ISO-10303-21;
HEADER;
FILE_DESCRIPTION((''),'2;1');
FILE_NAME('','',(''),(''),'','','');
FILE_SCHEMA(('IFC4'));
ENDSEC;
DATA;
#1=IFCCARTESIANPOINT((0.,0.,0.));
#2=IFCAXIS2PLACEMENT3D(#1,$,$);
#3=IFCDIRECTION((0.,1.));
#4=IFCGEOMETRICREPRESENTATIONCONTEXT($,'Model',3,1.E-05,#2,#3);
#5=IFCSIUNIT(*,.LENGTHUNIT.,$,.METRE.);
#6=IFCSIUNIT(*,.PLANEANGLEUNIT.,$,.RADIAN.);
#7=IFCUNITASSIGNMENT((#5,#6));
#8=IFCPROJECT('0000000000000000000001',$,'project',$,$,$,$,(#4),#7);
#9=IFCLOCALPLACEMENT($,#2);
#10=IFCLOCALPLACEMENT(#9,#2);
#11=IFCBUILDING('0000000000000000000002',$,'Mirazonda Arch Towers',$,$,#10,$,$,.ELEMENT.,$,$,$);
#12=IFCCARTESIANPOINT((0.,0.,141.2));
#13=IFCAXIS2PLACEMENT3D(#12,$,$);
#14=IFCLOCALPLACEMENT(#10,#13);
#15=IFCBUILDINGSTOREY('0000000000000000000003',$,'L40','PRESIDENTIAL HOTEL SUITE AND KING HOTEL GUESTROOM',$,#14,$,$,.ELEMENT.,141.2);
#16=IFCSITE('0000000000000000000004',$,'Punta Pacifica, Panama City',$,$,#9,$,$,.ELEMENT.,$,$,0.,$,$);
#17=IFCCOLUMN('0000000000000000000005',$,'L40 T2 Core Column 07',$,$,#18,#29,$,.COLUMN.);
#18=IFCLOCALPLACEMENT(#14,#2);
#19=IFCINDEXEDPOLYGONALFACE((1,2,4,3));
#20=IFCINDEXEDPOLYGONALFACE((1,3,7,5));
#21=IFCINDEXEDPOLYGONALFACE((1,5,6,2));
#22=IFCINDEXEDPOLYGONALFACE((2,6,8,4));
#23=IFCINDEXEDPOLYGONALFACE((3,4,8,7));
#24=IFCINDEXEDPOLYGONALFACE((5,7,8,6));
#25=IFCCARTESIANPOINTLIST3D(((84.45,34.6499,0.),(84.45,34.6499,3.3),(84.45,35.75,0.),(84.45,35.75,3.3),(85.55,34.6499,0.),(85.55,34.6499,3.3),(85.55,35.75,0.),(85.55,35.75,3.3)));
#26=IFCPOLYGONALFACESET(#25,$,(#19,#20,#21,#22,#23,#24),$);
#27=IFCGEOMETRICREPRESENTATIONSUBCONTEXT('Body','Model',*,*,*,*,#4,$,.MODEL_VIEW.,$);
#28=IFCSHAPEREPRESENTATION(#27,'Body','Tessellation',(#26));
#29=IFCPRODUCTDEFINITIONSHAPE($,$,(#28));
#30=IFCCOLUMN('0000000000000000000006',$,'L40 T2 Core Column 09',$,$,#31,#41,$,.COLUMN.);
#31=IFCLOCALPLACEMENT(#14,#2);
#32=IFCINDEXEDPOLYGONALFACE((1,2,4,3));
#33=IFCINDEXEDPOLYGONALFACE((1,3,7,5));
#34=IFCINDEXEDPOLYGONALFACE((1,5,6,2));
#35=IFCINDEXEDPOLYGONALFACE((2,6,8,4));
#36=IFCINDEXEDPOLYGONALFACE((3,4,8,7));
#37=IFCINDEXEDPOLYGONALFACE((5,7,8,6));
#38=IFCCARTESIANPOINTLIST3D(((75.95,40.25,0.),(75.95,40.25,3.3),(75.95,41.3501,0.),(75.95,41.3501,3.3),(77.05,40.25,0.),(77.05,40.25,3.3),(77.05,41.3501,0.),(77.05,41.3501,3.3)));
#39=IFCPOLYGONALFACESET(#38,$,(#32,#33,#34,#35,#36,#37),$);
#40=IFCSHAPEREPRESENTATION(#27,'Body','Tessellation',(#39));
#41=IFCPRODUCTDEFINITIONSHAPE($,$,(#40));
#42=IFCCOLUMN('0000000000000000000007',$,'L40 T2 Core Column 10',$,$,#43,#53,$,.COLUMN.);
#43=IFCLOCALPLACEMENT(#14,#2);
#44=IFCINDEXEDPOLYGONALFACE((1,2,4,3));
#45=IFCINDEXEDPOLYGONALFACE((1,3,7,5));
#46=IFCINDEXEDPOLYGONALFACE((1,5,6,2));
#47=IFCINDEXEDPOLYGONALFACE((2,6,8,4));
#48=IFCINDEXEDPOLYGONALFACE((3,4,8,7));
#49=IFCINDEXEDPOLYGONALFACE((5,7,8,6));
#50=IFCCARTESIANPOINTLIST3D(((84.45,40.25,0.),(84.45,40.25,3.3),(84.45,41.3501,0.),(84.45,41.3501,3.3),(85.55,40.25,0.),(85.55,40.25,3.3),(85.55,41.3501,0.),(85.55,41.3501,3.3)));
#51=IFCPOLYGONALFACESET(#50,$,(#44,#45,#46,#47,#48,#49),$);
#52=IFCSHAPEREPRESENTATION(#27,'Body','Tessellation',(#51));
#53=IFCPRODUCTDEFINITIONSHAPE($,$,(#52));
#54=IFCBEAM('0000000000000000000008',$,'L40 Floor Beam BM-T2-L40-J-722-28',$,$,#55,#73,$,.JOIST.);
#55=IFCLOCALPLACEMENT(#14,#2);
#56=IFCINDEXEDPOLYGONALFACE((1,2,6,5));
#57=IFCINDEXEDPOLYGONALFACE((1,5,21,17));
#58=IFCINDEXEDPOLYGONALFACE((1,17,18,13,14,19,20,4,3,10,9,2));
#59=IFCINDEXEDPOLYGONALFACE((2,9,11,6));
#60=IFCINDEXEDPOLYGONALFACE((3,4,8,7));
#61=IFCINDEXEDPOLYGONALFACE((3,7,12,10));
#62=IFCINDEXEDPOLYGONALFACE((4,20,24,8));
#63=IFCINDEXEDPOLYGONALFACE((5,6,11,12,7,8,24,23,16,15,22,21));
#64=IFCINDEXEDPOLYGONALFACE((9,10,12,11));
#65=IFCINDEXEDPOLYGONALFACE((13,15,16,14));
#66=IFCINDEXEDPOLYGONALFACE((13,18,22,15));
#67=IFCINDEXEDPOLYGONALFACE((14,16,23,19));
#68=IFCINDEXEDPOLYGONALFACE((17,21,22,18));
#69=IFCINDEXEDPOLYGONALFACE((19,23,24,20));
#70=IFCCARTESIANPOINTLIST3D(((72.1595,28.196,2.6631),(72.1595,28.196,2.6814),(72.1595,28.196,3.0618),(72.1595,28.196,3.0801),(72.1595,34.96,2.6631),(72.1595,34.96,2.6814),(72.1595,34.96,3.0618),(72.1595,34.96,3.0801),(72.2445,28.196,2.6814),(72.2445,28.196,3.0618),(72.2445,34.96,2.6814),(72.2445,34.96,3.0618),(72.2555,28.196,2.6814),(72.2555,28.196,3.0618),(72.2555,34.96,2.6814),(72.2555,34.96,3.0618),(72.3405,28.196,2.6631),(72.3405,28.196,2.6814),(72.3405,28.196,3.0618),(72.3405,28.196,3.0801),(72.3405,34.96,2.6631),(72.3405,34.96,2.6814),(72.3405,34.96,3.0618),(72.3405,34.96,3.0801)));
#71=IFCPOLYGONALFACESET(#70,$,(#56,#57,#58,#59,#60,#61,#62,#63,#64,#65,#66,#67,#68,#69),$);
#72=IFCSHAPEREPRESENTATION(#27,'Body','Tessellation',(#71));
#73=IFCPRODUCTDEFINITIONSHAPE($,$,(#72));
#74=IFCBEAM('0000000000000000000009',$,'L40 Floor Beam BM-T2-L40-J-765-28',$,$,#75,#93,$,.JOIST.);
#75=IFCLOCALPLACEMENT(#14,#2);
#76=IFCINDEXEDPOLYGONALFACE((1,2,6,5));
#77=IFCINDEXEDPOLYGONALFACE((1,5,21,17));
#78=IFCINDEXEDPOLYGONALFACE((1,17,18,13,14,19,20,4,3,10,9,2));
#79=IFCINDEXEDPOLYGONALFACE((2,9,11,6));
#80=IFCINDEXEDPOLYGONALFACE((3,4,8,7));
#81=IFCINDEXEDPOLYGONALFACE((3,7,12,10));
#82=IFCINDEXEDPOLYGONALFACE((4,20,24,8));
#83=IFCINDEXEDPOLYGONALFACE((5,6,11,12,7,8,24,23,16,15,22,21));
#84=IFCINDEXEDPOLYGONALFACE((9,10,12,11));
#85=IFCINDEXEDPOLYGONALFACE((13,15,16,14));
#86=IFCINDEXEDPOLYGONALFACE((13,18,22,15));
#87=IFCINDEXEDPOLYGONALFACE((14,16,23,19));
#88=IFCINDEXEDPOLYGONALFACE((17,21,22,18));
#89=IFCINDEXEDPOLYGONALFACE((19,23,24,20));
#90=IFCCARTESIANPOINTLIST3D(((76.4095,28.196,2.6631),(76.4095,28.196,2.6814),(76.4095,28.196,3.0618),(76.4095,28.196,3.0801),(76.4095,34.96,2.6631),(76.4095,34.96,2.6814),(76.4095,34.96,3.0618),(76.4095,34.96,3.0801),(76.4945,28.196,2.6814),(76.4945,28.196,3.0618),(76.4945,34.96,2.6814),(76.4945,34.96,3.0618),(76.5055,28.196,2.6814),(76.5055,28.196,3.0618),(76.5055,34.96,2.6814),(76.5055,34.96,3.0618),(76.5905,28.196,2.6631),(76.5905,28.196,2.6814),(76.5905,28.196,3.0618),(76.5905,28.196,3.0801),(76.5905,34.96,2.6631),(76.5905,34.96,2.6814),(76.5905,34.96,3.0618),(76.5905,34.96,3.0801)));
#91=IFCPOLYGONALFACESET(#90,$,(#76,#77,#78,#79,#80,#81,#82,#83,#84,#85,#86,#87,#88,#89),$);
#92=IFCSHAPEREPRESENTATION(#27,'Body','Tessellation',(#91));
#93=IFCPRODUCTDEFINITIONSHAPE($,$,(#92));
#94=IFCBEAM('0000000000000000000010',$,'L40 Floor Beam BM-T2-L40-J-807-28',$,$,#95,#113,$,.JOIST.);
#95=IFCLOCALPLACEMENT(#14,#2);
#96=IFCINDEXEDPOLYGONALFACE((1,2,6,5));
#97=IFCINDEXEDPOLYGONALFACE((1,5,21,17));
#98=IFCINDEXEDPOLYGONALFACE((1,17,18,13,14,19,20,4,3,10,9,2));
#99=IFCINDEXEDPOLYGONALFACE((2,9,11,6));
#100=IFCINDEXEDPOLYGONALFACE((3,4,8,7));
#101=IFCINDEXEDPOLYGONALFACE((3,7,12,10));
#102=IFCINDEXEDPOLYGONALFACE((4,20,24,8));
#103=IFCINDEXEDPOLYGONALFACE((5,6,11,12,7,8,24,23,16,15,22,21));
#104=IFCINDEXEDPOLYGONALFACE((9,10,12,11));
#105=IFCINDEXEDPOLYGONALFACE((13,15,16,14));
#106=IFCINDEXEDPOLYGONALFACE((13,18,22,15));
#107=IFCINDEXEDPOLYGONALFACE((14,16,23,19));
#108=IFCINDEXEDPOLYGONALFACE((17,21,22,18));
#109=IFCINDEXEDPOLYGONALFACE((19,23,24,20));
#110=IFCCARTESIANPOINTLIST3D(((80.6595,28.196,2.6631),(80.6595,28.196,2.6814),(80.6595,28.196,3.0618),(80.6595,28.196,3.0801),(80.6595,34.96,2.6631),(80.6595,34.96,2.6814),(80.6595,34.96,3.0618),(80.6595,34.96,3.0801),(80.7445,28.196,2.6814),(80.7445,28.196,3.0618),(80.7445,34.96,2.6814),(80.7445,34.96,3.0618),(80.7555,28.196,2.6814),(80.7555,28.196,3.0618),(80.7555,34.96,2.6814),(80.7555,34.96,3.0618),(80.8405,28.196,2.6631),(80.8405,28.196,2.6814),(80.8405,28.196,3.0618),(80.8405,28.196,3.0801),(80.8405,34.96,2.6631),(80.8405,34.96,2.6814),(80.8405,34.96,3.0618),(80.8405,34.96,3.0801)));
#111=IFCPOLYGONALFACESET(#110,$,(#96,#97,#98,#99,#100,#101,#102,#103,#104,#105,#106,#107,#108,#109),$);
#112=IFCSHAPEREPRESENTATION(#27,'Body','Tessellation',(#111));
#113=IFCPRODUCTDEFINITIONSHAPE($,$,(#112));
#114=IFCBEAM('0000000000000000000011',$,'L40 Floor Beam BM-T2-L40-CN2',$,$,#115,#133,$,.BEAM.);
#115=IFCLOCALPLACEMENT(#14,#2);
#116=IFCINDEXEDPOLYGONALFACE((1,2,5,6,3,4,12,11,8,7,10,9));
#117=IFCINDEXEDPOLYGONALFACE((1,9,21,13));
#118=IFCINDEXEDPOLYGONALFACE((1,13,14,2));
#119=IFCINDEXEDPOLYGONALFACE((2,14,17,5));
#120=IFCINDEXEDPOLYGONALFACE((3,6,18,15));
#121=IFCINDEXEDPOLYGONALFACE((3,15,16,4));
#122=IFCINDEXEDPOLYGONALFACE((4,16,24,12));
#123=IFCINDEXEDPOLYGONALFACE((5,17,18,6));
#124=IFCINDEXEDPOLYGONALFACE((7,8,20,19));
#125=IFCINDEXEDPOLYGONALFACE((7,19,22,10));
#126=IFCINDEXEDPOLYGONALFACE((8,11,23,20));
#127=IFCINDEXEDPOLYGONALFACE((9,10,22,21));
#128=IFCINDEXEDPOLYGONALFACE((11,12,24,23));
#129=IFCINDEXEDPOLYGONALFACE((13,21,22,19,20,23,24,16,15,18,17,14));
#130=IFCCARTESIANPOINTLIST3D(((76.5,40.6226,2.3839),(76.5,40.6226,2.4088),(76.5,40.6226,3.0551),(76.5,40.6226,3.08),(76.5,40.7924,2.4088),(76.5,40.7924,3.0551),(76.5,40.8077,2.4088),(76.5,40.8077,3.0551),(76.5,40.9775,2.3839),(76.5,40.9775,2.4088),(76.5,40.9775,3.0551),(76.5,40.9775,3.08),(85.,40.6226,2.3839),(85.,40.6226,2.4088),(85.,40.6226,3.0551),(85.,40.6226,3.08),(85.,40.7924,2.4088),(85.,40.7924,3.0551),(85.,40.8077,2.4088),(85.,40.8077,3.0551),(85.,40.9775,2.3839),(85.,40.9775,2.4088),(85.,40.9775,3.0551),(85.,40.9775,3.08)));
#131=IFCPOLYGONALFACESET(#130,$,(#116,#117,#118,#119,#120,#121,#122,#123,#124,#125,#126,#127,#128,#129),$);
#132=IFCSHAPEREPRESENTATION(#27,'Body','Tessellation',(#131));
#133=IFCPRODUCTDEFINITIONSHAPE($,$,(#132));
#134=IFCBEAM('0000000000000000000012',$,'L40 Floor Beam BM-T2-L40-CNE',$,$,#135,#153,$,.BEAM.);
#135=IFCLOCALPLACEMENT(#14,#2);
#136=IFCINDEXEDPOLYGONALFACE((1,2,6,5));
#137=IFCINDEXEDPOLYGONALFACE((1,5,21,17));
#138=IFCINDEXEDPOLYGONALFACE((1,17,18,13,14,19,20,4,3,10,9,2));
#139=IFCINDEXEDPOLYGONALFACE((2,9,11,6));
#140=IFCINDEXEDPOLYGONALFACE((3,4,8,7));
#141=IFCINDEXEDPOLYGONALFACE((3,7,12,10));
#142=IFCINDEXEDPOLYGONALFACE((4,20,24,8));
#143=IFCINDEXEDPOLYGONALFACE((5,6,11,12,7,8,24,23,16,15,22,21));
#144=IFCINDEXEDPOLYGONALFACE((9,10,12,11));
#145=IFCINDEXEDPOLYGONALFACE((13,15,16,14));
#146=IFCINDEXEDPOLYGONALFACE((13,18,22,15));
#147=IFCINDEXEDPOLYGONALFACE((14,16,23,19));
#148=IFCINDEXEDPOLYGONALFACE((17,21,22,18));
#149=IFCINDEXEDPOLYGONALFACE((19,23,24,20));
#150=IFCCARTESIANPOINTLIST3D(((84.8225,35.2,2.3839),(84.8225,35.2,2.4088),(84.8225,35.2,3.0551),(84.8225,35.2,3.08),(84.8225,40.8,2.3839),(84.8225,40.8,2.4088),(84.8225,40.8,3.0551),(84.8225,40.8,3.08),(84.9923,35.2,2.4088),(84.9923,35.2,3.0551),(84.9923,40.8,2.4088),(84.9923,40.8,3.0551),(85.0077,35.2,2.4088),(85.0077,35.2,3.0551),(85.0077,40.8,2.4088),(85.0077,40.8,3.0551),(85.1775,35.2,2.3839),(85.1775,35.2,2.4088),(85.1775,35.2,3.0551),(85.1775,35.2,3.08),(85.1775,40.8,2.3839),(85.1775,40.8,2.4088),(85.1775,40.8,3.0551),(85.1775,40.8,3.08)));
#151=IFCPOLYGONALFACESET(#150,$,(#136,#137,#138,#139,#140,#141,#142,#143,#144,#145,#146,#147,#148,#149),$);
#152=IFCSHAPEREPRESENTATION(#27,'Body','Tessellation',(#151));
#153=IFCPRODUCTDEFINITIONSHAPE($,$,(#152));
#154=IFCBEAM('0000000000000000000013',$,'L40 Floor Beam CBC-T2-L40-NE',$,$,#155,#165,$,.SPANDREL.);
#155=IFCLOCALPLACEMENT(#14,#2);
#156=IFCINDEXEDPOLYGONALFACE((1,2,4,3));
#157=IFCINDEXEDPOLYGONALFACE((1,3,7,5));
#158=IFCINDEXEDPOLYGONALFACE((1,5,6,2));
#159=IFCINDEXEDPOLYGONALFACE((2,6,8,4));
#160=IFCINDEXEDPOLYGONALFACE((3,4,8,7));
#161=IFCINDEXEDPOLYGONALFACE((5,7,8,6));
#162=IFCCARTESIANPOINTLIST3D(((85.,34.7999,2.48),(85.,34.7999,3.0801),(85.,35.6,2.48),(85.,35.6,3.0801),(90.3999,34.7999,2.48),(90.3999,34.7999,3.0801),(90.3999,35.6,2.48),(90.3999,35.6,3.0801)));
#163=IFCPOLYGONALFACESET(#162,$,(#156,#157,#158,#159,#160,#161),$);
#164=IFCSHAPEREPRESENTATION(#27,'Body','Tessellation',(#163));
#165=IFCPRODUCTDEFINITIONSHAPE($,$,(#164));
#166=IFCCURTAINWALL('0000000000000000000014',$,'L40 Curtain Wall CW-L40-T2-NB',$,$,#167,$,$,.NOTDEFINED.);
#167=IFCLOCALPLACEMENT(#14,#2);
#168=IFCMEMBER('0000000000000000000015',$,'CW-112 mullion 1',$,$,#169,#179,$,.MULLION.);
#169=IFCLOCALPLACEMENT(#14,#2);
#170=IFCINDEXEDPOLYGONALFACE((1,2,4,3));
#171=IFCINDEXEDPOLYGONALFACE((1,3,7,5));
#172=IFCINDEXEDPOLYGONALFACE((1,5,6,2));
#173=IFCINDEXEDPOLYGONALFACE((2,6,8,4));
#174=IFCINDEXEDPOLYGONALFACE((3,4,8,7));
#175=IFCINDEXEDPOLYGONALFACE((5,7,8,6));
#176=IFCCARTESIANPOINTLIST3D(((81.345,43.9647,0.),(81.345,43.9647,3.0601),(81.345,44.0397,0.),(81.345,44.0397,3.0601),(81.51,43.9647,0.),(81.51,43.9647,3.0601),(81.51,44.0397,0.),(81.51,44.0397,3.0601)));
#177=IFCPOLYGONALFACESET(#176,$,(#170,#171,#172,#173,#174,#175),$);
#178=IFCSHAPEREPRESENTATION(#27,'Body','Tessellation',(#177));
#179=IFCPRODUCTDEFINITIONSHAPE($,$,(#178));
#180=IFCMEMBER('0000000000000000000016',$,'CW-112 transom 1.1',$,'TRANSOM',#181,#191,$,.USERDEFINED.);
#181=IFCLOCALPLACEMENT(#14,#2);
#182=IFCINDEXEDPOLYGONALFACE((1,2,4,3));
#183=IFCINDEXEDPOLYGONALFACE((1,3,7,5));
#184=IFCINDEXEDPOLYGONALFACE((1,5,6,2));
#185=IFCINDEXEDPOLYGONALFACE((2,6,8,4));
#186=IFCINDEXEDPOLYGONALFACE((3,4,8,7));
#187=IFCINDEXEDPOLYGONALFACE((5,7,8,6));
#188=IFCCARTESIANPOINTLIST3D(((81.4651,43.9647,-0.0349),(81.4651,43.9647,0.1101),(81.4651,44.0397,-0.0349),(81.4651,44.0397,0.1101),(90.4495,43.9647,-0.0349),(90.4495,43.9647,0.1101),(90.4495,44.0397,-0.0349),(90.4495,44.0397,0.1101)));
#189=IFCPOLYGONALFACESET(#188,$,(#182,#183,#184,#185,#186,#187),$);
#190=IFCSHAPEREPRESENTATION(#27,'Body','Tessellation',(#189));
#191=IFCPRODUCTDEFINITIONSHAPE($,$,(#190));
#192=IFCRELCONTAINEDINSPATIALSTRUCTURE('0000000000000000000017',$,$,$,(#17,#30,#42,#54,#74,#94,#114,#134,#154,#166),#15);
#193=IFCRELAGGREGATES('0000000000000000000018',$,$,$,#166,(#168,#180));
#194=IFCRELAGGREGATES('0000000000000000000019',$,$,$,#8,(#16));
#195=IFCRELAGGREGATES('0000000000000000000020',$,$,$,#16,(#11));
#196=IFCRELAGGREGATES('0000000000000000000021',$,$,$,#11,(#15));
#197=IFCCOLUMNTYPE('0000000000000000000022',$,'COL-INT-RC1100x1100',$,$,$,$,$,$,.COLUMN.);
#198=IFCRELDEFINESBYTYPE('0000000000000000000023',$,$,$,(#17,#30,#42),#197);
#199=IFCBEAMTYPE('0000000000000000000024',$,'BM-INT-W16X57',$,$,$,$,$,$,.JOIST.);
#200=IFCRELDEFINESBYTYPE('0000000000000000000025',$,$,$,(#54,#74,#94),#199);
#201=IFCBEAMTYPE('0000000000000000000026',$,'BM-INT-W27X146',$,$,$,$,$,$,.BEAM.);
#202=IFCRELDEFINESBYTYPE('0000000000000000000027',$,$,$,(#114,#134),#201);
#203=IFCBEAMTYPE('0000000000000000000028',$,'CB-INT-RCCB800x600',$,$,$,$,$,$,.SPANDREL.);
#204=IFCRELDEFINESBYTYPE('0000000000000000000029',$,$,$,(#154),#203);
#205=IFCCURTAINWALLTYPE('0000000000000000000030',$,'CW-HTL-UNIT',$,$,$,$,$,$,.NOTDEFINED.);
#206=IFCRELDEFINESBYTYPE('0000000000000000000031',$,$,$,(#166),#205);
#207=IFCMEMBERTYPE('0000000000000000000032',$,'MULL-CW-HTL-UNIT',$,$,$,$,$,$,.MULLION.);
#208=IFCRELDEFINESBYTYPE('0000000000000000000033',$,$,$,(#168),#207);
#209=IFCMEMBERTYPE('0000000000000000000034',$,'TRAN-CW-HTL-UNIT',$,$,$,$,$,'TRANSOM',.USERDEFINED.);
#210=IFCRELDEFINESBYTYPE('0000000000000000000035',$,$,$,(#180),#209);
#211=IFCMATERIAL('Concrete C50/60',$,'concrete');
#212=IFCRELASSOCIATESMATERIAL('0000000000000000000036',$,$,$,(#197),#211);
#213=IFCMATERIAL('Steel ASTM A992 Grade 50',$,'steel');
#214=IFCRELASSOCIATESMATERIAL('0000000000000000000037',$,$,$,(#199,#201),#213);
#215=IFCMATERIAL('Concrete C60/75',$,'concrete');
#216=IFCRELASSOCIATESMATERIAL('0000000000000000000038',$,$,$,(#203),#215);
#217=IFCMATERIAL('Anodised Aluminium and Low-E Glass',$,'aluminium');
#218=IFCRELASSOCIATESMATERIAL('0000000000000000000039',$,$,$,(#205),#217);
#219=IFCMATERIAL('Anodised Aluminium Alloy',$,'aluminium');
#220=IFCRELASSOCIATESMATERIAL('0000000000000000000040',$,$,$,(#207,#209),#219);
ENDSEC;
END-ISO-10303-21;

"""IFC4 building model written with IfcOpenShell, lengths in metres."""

from ifc_helpers import new_model, si_unit, direction, frame, origin, origin_2d, place, context, subcontext, project, spatial, rectangle, i_section, extrude, material, material_profile, profile_set, type_object, element, aggregate, save


model = new_model("IFC4")

# Units and contexts
model_context = context("Model", 3, precision=1e-05, world=origin(), true_north=direction((0.0, 1.0)))
body_context = subcontext(model_context, "Body", "Model", "MODEL_VIEW")
ifc_project = project(units=[si_unit("LENGTHUNIT", "METRE"), si_unit("PLANEANGLEUNIT", "RADIAN")], contexts=[model_context])

# Site, building, storey
site_placement = place(None, origin())
site = spatial("IfcSite", under=ifc_project, at=site_placement, Name="Punta Pacifica, Panama City", CompositionType="ELEMENT", RefElevation=0.0)
building_placement = place(site_placement, origin())
building = spatial("IfcBuilding", under=site, at=building_placement, Name="Mirazonda Arch Towers", CompositionType="ELEMENT")
storey_placement = place(building_placement, frame((0.0, 0.0, 141.2)))
storey = spatial("IfcBuildingStorey", under=building, at=storey_placement, Name="L40", Description="PRESIDENTIAL HOTEL SUITE AND KING HOTEL GUESTROOM", CompositionType="ELEMENT", Elevation=141.2)

# Columns
ifc_material_1 = material(Name="Concrete C50/60", Category="concrete")
ifc_material_profile_1 = material_profile(ifc_material_1, rectangle(XDim=1.1001, YDim=1.1001, at=origin_2d()), Name="RC1100x1100")
ifc_profile_set_1 = profile_set([ifc_material_profile_1], Name="Concrete C50/60")
column_type = type_object("IfcColumnType", Name="COL-INT-RC1100x1100", PredefinedType="COLUMN", material=ifc_profile_set_1)
for number, where, z_axis, x_axis, name in (
    (1, (85.0, 35.2, 0.0), (0.0, 0.0, 1.0), (1.0, 0.0, 0.0), "L40 T2 Core Column 07"),
    (2, (76.5, 40.8, 0.0), (0.0, 0.0, 1.0), (1.0, 0.0, 0.0), "L40 T2 Core Column 09"),
    (3, (85.0, 40.8, 0.0), (0.0, 0.0, 1.0), (1.0, 0.0, 0.0), "L40 T2 Core Column 10"),
):
    element("IfcColumn", number, at=place(storey_placement, frame(where, z_axis=z_axis, x_axis=x_axis)), inside=storey, type_object=column_type, Name=name, PredefinedType="COLUMN", context=body_context, shape_type="SweptSolid", body=[
        extrude(rectangle(XDim=1.1001, YDim=1.1001, at=origin_2d()), origin(), (0.0, 0.0, 1.0), 3.3),
    ])

# Beams
ifc_material_2 = material(Name="Steel ASTM A992 Grade 50", Category="steel")
ifc_material_profile_2 = material_profile(ifc_material_2, i_section(OverallWidth=0.1809, OverallDepth=0.417, WebThickness=0.011, FlangeThickness=0.0183, at=origin_2d()), Name="W16X57")
ifc_profile_set_2 = profile_set([ifc_material_profile_2], Name="Steel ASTM A992 Grade 50")
beam_type_1 = type_object("IfcBeamType", Name="BM-INT-W16X57", PredefinedType="JOIST", material=ifc_profile_set_2)
for number, where, z_axis, x_axis, name in (
    (4, (72.25, 28.196, 2.8716), (0.0, 1.0, 0.0), (-1.0, 0.0, 0.0), "L40 Floor Beam BM-T2-L40-J-722-28"),
    (5, (76.5, 28.196, 2.8716), (0.0, 1.0, 0.0), (-1.0, 0.0, 0.0), "L40 Floor Beam BM-T2-L40-J-765-28"),
    (6, (80.75, 28.196, 2.8716), (0.0, 1.0, 0.0), (-1.0, 0.0, 0.0), "L40 Floor Beam BM-T2-L40-J-807-28"),
):
    element("IfcBeam", number, at=place(storey_placement, frame(where, z_axis=z_axis, x_axis=x_axis)), inside=storey, type_object=beam_type_1, Name=name, PredefinedType="JOIST", context=body_context, shape_type="SweptSolid", body=[
        extrude(i_section(OverallWidth=0.1809, OverallDepth=0.417, WebThickness=0.011, FlangeThickness=0.0183, at=origin_2d()), origin(), (0.0, 0.0, 1.0), 6.7639),
    ])
ifc_material_profile_3 = material_profile(ifc_material_2, i_section(OverallWidth=0.355, OverallDepth=0.696, WebThickness=0.0154, FlangeThickness=0.0249, at=origin_2d()), Name="W27X146")
ifc_profile_set_3 = profile_set([ifc_material_profile_3], Name="Steel ASTM A992 Grade 50")
beam_type_2 = type_object("IfcBeamType", Name="BM-INT-W27X146", PredefinedType="BEAM", material=ifc_profile_set_3)
beam_1_placement = place(storey_placement, frame((76.5, 40.8, 2.7319), z_axis=(1.0, 0.0, 0.0), x_axis=(0.0, 1.0, 0.0)))
element("IfcBeam", 7, at=beam_1_placement, inside=storey, type_object=beam_type_2, Name="L40 Floor Beam BM-T2-L40-CN2", PredefinedType="BEAM", context=body_context, shape_type="SweptSolid", body=[
    extrude(i_section(OverallWidth=0.355, OverallDepth=0.696, WebThickness=0.0154, FlangeThickness=0.0249, at=origin_2d()), origin(), (0.0, 0.0, 1.0), 8.5),
])
beam_2_placement = place(storey_placement, frame((85.0, 35.2, 2.7319), z_axis=(0.0, 1.0, 0.0), x_axis=(-1.0, 0.0, 0.0)))
element("IfcBeam", 8, at=beam_2_placement, inside=storey, type_object=beam_type_2, Name="L40 Floor Beam BM-T2-L40-CNE", PredefinedType="BEAM", context=body_context, shape_type="SweptSolid", body=[
    extrude(i_section(OverallWidth=0.355, OverallDepth=0.696, WebThickness=0.0154, FlangeThickness=0.0249, at=origin_2d()), origin(), (0.0, 0.0, 1.0), 5.6001),
])
ifc_material_3 = material(Name="Concrete C60/75", Category="concrete")
ifc_material_profile_4 = material_profile(ifc_material_3, rectangle(XDim=0.8, YDim=0.6001, at=origin_2d()), Name="RCCB800x600")
ifc_profile_set_4 = profile_set([ifc_material_profile_4], Name="Concrete C60/75")
beam_type_3 = type_object("IfcBeamType", Name="CB-INT-RCCB800x600", PredefinedType="SPANDREL", material=ifc_profile_set_4)
beam_3_placement = place(storey_placement, frame((85.0, 35.2, 2.78), z_axis=(1.0, 0.0, 0.0), x_axis=(0.0, 1.0, 0.0)))
element("IfcBeam", 9, at=beam_3_placement, inside=storey, type_object=beam_type_3, Name="L40 Floor Beam CBC-T2-L40-NE", PredefinedType="SPANDREL", context=body_context, shape_type="SweptSolid", body=[
    extrude(rectangle(XDim=0.8, YDim=0.6001, at=origin_2d()), origin(), (0.0, 0.0, 1.0), 5.3999),
])

# Curtain wall, members
ifc_material_4 = material(Name="Anodised Aluminium and Low-E Glass", Category="aluminium")
curtain_wall_type = type_object("IfcCurtainWallType", Name="CW-HTL-UNIT", PredefinedType="NOTDEFINED", material=ifc_material_4)
curtain_wall_placement = place(storey_placement, origin())
curtain_wall = element("IfcCurtainWall", 10, at=curtain_wall_placement, inside=storey, type_object=curtain_wall_type, Name="L40 Curtain Wall CW-L40-T2-NB", PredefinedType="NOTDEFINED")
ifc_material_5 = material(Name="Anodised Aluminium Alloy", Category="aluminium")
ifc_material_profile_5 = material_profile(ifc_material_5, rectangle(XDim=0.075, YDim=0.165, at=origin_2d()), Name="ALU-MULL-75x165")
ifc_profile_set_5 = profile_set([ifc_material_profile_5], Name="Anodised Aluminium Alloy")
member_type_1 = type_object("IfcMemberType", Name="MULL-CW-HTL-UNIT", PredefinedType="MULLION", material=ifc_profile_set_5)
member_1_placement = place(storey_placement, frame((81.4275, 44.0022, 0.0), z_axis=(0.0, 0.0, 1.0), x_axis=(0.0, 1.0, 0.0)))
member_1 = element("IfcMember", 11, at=member_1_placement, type_object=member_type_1, Name="CW-112 mullion 1", PredefinedType="MULLION", context=body_context, shape_type="SweptSolid", body=[
    extrude(rectangle(XDim=0.075, YDim=0.165, at=origin_2d()), origin(), (0.0, 0.0, 1.0), 3.0601),
])
ifc_material_profile_6 = material_profile(ifc_material_5, rectangle(XDim=0.075, YDim=0.145, at=origin_2d()), Name="ALU-TRAN-75x145")
ifc_profile_set_6 = profile_set([ifc_material_profile_6], Name="Anodised Aluminium Alloy")
member_type_2 = type_object("IfcMemberType", Name="TRAN-CW-HTL-UNIT", ElementType="TRANSOM", PredefinedType="USERDEFINED", material=ifc_profile_set_6)
member_2_placement = place(storey_placement, frame((81.4651, 44.0022, 0.0376), z_axis=(1.0, 0.0, 0.0), x_axis=(0.0, 1.0, 0.0)))
member_2 = element("IfcMember", 12, at=member_2_placement, type_object=member_type_2, Name="CW-112 transom 1.1", ObjectType="TRANSOM", PredefinedType="USERDEFINED", context=body_context, shape_type="SweptSolid", body=[
    extrude(rectangle(XDim=0.075, YDim=0.145, at=origin_2d()), origin(), (0.0, 0.0, 1.0), 8.9844),
])
aggregate(curtain_wall, [member_1, member_2])

save(model, "model.ifc")
